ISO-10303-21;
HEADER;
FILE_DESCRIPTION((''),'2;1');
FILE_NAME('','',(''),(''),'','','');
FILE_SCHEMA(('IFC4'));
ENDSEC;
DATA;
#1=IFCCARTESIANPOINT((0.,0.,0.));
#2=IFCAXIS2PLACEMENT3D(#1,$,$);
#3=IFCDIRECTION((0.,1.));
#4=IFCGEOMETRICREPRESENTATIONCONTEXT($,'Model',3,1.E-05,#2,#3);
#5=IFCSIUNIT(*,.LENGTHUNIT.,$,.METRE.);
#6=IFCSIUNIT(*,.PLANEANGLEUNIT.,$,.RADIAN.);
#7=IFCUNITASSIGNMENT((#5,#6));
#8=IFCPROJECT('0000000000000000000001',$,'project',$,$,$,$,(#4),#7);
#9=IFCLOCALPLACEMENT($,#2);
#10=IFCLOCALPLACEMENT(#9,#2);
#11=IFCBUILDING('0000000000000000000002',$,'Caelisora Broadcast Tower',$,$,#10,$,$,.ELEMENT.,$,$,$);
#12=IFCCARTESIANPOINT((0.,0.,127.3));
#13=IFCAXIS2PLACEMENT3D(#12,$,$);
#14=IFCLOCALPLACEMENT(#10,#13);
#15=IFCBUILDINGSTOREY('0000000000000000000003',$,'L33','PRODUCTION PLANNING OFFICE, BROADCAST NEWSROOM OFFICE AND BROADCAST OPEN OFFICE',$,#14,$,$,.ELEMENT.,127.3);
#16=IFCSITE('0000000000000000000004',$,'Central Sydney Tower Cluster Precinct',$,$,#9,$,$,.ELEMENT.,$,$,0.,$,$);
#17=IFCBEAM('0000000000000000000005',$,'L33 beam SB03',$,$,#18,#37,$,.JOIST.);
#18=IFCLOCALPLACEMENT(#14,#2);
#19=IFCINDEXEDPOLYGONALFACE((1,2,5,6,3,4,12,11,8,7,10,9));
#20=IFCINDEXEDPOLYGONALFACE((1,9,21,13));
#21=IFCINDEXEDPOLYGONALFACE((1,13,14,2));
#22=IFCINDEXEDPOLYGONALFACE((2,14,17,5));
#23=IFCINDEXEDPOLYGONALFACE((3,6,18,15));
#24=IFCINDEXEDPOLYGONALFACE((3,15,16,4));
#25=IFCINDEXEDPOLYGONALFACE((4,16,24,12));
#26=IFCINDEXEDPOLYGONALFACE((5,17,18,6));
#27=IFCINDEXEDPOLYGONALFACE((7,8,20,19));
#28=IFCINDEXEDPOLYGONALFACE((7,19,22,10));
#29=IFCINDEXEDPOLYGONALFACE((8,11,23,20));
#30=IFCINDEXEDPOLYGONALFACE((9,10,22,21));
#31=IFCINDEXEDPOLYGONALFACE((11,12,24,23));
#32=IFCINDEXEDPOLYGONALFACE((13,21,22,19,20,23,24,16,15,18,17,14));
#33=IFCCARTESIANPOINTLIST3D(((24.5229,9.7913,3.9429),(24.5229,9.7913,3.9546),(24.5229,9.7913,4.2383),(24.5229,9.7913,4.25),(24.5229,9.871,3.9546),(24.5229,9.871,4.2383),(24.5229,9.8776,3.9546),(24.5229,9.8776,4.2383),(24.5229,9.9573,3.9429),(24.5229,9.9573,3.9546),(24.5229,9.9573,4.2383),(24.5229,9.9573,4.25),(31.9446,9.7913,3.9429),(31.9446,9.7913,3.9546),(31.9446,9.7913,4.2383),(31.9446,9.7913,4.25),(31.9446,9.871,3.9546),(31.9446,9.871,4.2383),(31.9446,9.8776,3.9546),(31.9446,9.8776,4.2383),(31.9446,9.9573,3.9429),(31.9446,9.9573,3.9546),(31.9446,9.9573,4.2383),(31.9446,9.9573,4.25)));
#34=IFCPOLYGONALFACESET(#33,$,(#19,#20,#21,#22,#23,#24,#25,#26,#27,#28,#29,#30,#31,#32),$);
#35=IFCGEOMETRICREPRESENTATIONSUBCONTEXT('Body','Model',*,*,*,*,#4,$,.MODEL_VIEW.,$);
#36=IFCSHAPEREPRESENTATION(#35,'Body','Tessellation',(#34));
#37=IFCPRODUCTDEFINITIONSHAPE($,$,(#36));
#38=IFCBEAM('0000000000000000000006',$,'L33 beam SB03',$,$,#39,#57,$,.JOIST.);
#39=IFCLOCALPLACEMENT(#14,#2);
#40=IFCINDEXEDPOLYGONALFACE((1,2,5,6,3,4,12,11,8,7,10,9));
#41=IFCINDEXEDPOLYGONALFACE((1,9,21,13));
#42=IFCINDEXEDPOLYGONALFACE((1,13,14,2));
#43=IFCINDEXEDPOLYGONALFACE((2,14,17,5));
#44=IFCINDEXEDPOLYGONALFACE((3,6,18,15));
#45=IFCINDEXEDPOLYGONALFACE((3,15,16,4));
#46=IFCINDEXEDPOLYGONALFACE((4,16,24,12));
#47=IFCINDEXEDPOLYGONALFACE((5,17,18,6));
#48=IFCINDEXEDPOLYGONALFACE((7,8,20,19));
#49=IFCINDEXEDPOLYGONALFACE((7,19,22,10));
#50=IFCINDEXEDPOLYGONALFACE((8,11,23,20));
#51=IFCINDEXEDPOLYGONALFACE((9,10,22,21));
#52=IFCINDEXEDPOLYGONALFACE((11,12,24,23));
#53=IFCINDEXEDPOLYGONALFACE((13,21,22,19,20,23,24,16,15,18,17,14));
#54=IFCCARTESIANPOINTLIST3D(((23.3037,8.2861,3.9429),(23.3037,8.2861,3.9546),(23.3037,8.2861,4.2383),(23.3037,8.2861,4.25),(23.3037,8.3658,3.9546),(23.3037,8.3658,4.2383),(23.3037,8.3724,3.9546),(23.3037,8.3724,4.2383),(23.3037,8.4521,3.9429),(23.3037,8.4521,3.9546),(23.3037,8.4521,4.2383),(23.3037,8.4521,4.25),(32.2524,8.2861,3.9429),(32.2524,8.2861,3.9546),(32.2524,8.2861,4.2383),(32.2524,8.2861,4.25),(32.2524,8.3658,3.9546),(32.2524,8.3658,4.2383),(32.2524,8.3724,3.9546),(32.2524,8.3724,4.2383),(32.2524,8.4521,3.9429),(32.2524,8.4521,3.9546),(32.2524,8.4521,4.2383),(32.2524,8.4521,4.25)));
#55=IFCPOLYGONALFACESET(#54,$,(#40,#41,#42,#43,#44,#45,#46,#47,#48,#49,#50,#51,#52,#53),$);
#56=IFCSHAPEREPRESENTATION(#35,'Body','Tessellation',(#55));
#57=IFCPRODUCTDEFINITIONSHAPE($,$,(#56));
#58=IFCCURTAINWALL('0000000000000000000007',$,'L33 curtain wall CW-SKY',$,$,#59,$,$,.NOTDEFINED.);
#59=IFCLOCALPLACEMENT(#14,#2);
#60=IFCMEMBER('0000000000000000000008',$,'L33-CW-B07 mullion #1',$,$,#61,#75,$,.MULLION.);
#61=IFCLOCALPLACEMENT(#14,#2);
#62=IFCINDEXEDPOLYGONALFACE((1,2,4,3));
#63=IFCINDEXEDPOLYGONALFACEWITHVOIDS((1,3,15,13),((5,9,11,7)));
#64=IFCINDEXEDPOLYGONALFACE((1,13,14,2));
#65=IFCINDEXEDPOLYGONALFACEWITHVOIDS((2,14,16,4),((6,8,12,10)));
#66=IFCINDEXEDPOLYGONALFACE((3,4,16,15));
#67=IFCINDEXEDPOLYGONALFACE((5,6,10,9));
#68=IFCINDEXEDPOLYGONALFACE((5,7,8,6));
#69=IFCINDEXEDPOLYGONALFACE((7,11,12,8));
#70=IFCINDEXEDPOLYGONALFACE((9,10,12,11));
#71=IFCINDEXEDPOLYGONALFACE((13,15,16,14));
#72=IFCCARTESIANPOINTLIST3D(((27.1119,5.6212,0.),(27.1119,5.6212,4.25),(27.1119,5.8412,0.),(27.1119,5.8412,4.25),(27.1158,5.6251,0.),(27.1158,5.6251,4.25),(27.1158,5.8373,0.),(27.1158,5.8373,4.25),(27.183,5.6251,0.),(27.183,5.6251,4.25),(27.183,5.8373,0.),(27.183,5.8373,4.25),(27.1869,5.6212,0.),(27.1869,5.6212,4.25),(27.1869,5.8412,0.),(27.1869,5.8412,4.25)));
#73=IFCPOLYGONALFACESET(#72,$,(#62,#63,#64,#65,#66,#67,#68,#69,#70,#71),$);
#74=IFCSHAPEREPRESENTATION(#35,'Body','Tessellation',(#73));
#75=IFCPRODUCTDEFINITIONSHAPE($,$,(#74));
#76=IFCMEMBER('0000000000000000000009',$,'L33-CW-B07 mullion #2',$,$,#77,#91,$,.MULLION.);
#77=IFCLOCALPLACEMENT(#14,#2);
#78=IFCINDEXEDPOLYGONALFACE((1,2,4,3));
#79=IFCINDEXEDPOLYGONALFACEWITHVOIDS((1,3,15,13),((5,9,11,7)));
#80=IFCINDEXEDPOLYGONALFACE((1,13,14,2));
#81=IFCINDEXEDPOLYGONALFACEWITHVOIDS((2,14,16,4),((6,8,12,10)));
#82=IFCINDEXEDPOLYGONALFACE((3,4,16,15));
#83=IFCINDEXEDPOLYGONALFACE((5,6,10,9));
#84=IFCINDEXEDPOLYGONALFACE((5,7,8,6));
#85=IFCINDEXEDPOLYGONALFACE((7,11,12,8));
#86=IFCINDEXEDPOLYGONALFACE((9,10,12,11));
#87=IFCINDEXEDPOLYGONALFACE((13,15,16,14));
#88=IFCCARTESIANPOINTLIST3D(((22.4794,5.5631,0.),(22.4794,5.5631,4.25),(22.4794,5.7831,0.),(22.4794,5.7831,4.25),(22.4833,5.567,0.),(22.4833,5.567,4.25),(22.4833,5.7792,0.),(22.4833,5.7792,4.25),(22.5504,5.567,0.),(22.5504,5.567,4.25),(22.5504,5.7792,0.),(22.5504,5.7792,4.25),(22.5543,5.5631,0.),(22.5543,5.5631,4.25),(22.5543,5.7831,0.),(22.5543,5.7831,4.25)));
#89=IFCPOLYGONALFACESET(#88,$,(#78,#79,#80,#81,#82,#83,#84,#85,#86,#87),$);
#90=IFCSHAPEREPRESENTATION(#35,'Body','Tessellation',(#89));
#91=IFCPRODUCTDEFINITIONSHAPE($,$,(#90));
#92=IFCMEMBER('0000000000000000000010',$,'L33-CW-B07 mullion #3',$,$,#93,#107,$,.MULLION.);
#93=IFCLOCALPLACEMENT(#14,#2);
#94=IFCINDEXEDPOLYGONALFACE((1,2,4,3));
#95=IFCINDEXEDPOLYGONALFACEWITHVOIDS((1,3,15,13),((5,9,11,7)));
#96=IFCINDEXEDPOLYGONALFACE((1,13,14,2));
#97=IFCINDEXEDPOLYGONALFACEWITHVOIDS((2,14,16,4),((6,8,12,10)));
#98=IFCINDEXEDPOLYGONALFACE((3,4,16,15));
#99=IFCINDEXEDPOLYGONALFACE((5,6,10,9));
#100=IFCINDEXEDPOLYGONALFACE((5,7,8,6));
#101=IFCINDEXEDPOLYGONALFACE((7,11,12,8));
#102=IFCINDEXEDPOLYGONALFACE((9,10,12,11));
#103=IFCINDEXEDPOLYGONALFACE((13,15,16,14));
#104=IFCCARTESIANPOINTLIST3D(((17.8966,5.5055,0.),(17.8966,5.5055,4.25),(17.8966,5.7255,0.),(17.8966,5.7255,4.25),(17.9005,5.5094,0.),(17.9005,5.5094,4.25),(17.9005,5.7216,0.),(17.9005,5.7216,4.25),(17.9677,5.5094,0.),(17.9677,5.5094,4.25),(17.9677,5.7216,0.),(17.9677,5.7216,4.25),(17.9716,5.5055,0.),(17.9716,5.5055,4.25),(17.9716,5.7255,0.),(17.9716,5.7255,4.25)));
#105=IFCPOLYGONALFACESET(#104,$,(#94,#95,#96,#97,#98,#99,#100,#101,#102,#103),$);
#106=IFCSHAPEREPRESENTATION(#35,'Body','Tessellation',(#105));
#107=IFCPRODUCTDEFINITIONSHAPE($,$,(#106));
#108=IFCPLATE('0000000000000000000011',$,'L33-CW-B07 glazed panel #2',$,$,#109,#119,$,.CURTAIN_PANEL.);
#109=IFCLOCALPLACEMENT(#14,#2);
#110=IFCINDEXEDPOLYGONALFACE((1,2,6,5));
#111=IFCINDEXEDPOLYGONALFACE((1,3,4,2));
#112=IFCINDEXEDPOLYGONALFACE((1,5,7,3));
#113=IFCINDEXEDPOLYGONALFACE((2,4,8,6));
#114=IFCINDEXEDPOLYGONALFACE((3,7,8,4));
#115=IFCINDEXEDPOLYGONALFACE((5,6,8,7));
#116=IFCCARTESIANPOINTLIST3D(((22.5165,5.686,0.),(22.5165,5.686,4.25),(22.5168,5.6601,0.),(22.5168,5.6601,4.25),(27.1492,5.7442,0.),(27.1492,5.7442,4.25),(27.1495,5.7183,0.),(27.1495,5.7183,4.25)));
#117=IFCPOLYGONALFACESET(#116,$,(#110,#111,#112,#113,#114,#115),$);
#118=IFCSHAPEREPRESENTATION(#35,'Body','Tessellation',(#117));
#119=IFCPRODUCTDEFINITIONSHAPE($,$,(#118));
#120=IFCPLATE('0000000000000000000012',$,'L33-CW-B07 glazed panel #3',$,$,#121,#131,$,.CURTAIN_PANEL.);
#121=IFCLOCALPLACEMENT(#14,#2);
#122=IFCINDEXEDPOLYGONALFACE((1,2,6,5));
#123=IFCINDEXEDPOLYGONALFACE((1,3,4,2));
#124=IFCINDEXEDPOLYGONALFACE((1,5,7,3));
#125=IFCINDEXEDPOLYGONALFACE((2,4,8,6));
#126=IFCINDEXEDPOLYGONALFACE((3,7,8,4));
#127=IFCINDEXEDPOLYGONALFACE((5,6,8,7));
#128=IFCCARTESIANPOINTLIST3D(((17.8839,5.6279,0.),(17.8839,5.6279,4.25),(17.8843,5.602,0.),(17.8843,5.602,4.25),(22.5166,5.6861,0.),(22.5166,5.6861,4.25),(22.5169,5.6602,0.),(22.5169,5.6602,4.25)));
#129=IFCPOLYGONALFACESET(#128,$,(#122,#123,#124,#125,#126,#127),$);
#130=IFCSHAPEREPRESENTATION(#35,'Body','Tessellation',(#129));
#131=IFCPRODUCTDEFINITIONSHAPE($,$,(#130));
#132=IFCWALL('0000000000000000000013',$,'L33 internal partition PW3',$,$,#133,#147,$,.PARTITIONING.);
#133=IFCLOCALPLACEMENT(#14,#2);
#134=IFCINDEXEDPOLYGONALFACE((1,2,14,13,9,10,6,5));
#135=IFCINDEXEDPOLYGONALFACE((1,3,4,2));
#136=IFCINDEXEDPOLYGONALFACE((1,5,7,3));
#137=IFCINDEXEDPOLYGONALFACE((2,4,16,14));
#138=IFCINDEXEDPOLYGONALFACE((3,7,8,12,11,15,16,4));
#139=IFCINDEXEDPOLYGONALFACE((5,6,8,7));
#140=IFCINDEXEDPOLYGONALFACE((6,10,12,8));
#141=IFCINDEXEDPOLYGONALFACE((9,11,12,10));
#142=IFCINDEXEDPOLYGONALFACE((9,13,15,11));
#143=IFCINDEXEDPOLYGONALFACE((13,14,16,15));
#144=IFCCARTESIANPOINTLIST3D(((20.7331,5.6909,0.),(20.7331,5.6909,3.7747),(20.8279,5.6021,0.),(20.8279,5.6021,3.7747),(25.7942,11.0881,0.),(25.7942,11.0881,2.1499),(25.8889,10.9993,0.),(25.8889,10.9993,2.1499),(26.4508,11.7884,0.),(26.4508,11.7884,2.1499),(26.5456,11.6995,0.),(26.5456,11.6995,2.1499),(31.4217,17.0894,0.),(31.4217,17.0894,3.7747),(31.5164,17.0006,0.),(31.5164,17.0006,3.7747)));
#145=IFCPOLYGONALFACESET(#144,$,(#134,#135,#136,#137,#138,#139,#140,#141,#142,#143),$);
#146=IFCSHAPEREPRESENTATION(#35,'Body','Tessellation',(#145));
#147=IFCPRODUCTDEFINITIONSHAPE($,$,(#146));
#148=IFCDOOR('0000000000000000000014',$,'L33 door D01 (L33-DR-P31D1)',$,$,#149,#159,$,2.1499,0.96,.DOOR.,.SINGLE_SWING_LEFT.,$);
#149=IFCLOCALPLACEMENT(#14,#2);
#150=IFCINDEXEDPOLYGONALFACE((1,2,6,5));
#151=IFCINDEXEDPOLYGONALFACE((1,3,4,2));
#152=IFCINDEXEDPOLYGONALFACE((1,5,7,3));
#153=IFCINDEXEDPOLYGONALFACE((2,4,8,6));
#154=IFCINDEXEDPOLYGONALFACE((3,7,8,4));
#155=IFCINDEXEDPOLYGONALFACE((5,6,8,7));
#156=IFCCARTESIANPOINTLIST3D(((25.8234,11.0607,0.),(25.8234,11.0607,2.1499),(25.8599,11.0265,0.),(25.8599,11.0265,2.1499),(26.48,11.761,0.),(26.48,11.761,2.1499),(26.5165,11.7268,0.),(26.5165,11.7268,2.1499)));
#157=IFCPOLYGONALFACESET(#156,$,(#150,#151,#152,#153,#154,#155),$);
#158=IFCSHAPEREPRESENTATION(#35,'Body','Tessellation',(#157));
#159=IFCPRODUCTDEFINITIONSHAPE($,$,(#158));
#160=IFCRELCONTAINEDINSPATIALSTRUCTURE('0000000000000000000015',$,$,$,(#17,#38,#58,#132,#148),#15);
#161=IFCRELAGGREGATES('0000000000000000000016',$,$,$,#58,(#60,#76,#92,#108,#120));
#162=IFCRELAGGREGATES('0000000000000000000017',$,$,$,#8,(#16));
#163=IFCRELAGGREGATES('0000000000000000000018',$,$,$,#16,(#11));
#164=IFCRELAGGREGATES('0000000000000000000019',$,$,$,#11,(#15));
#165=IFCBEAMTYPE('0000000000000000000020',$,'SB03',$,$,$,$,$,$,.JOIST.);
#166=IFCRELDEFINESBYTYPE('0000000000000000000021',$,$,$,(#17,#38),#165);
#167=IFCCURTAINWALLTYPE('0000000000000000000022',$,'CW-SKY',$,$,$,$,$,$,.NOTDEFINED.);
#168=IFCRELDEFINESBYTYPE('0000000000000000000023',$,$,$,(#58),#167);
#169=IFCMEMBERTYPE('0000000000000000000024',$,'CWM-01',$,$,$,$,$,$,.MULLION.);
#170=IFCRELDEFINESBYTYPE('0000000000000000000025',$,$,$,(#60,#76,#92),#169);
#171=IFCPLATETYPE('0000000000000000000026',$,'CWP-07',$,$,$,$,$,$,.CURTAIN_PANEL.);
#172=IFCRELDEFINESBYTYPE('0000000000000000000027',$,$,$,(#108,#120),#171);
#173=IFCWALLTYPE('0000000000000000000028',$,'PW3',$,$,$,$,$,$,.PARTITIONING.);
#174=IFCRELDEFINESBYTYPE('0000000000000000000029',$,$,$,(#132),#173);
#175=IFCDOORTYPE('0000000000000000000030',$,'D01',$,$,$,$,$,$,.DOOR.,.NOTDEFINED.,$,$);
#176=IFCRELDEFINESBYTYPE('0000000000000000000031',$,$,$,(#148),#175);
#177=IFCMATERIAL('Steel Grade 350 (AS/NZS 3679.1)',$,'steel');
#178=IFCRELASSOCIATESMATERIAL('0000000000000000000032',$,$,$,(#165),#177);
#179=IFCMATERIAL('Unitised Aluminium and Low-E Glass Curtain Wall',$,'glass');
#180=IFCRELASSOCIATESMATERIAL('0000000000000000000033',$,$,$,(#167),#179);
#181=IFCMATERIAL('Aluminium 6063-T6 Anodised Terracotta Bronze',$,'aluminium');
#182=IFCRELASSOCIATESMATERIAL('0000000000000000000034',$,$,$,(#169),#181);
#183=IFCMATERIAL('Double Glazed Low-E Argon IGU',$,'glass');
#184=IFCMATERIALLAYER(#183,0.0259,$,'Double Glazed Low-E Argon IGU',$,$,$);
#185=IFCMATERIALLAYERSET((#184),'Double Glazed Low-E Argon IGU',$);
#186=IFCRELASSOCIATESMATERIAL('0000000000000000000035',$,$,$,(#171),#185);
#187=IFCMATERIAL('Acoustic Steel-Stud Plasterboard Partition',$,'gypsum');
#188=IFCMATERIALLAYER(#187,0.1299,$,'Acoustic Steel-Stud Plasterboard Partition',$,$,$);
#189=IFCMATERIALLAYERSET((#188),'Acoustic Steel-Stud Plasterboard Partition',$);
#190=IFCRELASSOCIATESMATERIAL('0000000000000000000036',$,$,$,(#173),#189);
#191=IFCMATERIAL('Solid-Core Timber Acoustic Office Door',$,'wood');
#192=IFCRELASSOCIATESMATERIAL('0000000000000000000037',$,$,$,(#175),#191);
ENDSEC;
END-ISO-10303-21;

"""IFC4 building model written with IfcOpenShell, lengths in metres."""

from ifc_helpers import new_model, si_unit, direction, frame, frame_2d, origin, origin_2d, place, context, subcontext, project, spatial, rectangle, hollow_rectangle, i_section, extrude, source, transform, mapped, material, layer, layer_set, material_profile, profile_set, type_object, type_shapes, element, fill, aggregate, save


model = new_model("IFC4")

# Units and contexts
model_context = context("Model", 3, precision=1e-05, world=origin(), true_north=direction((0.0, 1.0)))
body_context = subcontext(model_context, "Body", "Model", "MODEL_VIEW")
ifc_project = project(units=[si_unit("LENGTHUNIT", "METRE"), si_unit("PLANEANGLEUNIT", "RADIAN")], contexts=[model_context])

# Site, building, storey
site_placement = place(None, origin())
site = spatial("IfcSite", under=ifc_project, at=site_placement, Name="Central Sydney Tower Cluster Precinct", CompositionType="ELEMENT", RefElevation=0.0)
building_placement = place(site_placement, origin())
building = spatial("IfcBuilding", under=site, at=building_placement, Name="Caelisora Broadcast Tower", CompositionType="ELEMENT")
storey_placement = place(building_placement, frame((0.0, 0.0, 127.3)))
storey = spatial("IfcBuildingStorey", under=building, at=storey_placement, Name="L33", Description="PRODUCTION PLANNING OFFICE, BROADCAST NEWSROOM OFFICE AND BROADCAST OPEN OFFICE", CompositionType="ELEMENT", Elevation=127.3)

# Beams
ifc_material_1 = material(Name="Steel Grade 350 (AS/NZS 3679.1)", Category="steel")
ifc_material_profile_1 = material_profile(ifc_material_1, i_section(OverallWidth=0.166, OverallDepth=0.3071, WebThickness=0.0066, FlangeThickness=0.0117, at=origin_2d()), Name="Steel Grade 350 (AS/NZS 3679.1)")
ifc_profile_set_1 = profile_set([ifc_material_profile_1], Name="Steel Grade 350 (AS/NZS 3679.1)")
beam_type_1 = type_object("IfcBeamType", Name="SB03", PredefinedType="JOIST", material=ifc_profile_set_1)
shared_shape_1 = source(origin(), body_context, "Body", "SweptSolid", [
    extrude(i_section(OverallWidth=0.166, OverallDepth=0.3071, WebThickness=0.0066, FlangeThickness=0.0117, at=origin_2d()), origin(), (0.0, 0.0, 1.0), 7.4216),
])
beam_1_placement = place(storey_placement, frame((24.5229, 9.8743, 4.0964), z_axis=(1.0, 0.0, 0.0), x_axis=(0.0, 1.0, 0.0)))
element("IfcBeam", 1, at=beam_1_placement, inside=storey, type_object=beam_type_1, Name="L33 beam SB03", PredefinedType="JOIST", context=body_context, shape_type="MappedRepresentation", body=[
    mapped(shared_shape_1, transform((0.0, 0.0, 0.0), scale=1.0)),
])
shared_shape_2 = source(origin(), body_context, "Body", "SweptSolid", [
    extrude(i_section(OverallWidth=0.166, OverallDepth=0.3071, WebThickness=0.0066, FlangeThickness=0.0117, at=origin_2d()), origin(), (0.0, 0.0, 1.0), 8.9487),
])
beam_2_placement = place(storey_placement, frame((23.3037, 8.3691, 4.0964), z_axis=(1.0, 0.0, 0.0), x_axis=(0.0, 1.0, 0.0)))
element("IfcBeam", 2, at=beam_2_placement, inside=storey, type_object=beam_type_1, Name="L33 beam SB03", PredefinedType="JOIST", context=body_context, shape_type="MappedRepresentation", body=[
    mapped(shared_shape_2, transform((0.0, 0.0, 0.0), scale=1.0)),
])

# Curtain wall, members, plates
ifc_material_2 = material(Name="Unitised Aluminium and Low-E Glass Curtain Wall", Category="glass")
curtain_wall_type = type_object("IfcCurtainWallType", Name="CW-SKY", PredefinedType="NOTDEFINED", material=ifc_material_2)
curtain_wall_placement = place(storey_placement, origin())
curtain_wall = element("IfcCurtainWall", 3, at=curtain_wall_placement, inside=storey, type_object=curtain_wall_type, Name="L33 curtain wall CW-SKY", PredefinedType="NOTDEFINED")
ifc_material_3 = material(Name="Aluminium 6063-T6 Anodised Terracotta Bronze", Category="aluminium")
ifc_material_profile_2 = material_profile(ifc_material_3, hollow_rectangle(XDim=0.075, YDim=0.22, WallThickness=0.0039, at=origin_2d()), Name="Aluminium 6063-T6 Anodised Terracotta Bronze")
ifc_profile_set_2 = profile_set([ifc_material_profile_2], Name="Aluminium 6063-T6 Anodised Terracotta Bronze")
member_type = type_object("IfcMemberType", Name="CWM-01", PredefinedType="MULLION", material=ifc_profile_set_2)
shared_shape_3 = source(origin(), body_context, "Body", "SweptSolid", [
    extrude(hollow_rectangle(XDim=0.075, YDim=0.22, WallThickness=0.0039, at=origin_2d()), origin(), (0.0, 0.0, 1.0), 4.25),
])
type_shapes(member_type, [shared_shape_3])
member_1_placement = place(storey_placement, frame((27.1494, 5.7312, 0.0), z_axis=(0.0, 0.0, 1.0), x_axis=(1.0, 0.0, 0.0)))
member_1 = element("IfcMember", 4, at=member_1_placement, type_object=member_type, Name="L33-CW-B07 mullion #1", PredefinedType="MULLION", context=body_context, shape_type="MappedRepresentation", body=[
    mapped(shared_shape_3, transform((0.0, 0.0, 0.0), scale=1.0)),
])
member_2_placement = place(storey_placement, frame((22.5168, 5.6731, 0.0), z_axis=(0.0, 0.0, 1.0), x_axis=(1.0, 0.0, 0.0)))
member_2 = element("IfcMember", 5, at=member_2_placement, type_object=member_type, Name="L33-CW-B07 mullion #2", PredefinedType="MULLION", context=body_context, shape_type="MappedRepresentation", body=[
    mapped(shared_shape_3, transform((0.0, 0.0, 0.0), scale=1.0)),
])
member_3_placement = place(storey_placement, frame((17.9341, 5.6155, 0.0), z_axis=(0.0, 0.0, 1.0), x_axis=(1.0, 0.0, 0.0)))
member_3 = element("IfcMember", 6, at=member_3_placement, type_object=member_type, Name="L33-CW-B07 mullion #3", PredefinedType="MULLION", context=body_context, shape_type="MappedRepresentation", body=[
    mapped(shared_shape_3, transform((0.0, 0.0, 0.0), scale=1.0)),
])
ifc_material_4 = material(Name="Double Glazed Low-E Argon IGU", Category="glass")
ifc_layer_1 = layer(ifc_material_4, 0.0259, Name="Double Glazed Low-E Argon IGU")
ifc_layer_set_1 = layer_set([ifc_layer_1], Name="Double Glazed Low-E Argon IGU")
plate_type = type_object("IfcPlateType", Name="CWP-07", PredefinedType="CURTAIN_PANEL", material=ifc_layer_set_1)
shared_shape_4 = source(origin(), body_context, "Body", "SweptSolid", [
    extrude(rectangle(XDim=4.6331, YDim=0.0259, at=origin_2d()), origin(), (0.0, 0.0, 1.0), 4.25),
])
type_shapes(plate_type, [shared_shape_4])
plate_1_placement = place(storey_placement, frame((24.833, 5.7021, 0.0), z_axis=(0.0, 0.0, 1.0), x_axis=(-0.999921, -0.012566, 0.0)))
plate_1 = element("IfcPlate", 7, at=plate_1_placement, type_object=plate_type, Name="L33-CW-B07 glazed panel #2", PredefinedType="CURTAIN_PANEL", context=body_context, shape_type="MappedRepresentation", body=[
    mapped(shared_shape_4, transform((0.0, 0.0, 0.0), scale=1.0)),
])
plate_2_placement = place(storey_placement, frame((20.2004, 5.644, 0.0), z_axis=(0.0, 0.0, 1.0), x_axis=(-0.999921, -0.012566, 0.0)))
plate_2 = element("IfcPlate", 8, at=plate_2_placement, type_object=plate_type, Name="L33-CW-B07 glazed panel #3", PredefinedType="CURTAIN_PANEL", context=body_context, shape_type="MappedRepresentation", body=[
    mapped(shared_shape_4, transform((0.0, 0.0, 0.0), scale=1.0)),
])
aggregate(curtain_wall, [member_1, member_2, member_3, plate_1, plate_2])

# Wall, opening, door
ifc_material_5 = material(Name="Acoustic Steel-Stud Plasterboard Partition", Category="gypsum")
ifc_layer_2 = layer(ifc_material_5, 0.1299, Name="Acoustic Steel-Stud Plasterboard Partition")
ifc_layer_set_2 = layer_set([ifc_layer_2], Name="Acoustic Steel-Stud Plasterboard Partition")
wall_type = type_object("IfcWallType", Name="PW3", PredefinedType="PARTITIONING", material=ifc_layer_set_2)
wall_1_placement = place(storey_placement, frame((20.7805, 5.6465, 0.0), z_axis=(0.0, 0.0, 1.0), x_axis=(0.684024, 0.729459, 0.0)))
wall_1 = element("IfcWall", 9, at=wall_1_placement, inside=storey, type_object=wall_type, Name="L33 internal partition PW3", PredefinedType="PARTITIONING", context=body_context, shape_type="SweptSolid", body=[
    extrude(rectangle(XDim=15.626, YDim=0.1299, at=frame_2d((7.813, 0.0))), origin(), (0.0, 0.0, 1.0), 3.7747),
])
opening_1_placement = place(wall_1_placement, frame((7.3989, 0.0, 0.0)))
opening_1 = element("IfcOpeningElement", 10, at=opening_1_placement, cuts=wall_1, PredefinedType="OPENING", context=body_context, shape_type="SweptSolid", body=[
    extrude(rectangle(XDim=0.96, YDim=2.1499, at=frame_2d((0.48, 1.075))), frame((0.0, 0.0769, 0.0), z_axis=(0.0, -1.0, 0.0), x_axis=(1.0, 0.0, 0.0)), (0.0, 0.0, 1.0), 0.1538),
])
ifc_material_6 = material(Name="Solid-Core Timber Acoustic Office Door", Category="wood")
door_type = type_object("IfcDoorType", Name="D01", OperationType="NOTDEFINED", PredefinedType="DOOR", material=ifc_material_6)
door_1_placement = place(opening_1_placement, origin())
door_1 = element("IfcDoor", 11, at=door_1_placement, inside=storey, type_object=door_type, Name="L33 door D01 (L33-DR-P31D1)", OperationType="SINGLE_SWING_LEFT", OverallHeight=2.1499, OverallWidth=0.96, PredefinedType="DOOR", context=body_context, shape_type="SweptSolid", body=[
    extrude(rectangle(XDim=0.96, YDim=2.1499, at=frame_2d((0.48, 1.075))), frame((0.0, 0.0249, 0.0), z_axis=(0.0, -1.0, 0.0), x_axis=(1.0, 0.0, 0.0)), (0.0, 0.0, 1.0), 0.05),
])
fill(opening_1, door_1)

save(model, "model.ifc")
